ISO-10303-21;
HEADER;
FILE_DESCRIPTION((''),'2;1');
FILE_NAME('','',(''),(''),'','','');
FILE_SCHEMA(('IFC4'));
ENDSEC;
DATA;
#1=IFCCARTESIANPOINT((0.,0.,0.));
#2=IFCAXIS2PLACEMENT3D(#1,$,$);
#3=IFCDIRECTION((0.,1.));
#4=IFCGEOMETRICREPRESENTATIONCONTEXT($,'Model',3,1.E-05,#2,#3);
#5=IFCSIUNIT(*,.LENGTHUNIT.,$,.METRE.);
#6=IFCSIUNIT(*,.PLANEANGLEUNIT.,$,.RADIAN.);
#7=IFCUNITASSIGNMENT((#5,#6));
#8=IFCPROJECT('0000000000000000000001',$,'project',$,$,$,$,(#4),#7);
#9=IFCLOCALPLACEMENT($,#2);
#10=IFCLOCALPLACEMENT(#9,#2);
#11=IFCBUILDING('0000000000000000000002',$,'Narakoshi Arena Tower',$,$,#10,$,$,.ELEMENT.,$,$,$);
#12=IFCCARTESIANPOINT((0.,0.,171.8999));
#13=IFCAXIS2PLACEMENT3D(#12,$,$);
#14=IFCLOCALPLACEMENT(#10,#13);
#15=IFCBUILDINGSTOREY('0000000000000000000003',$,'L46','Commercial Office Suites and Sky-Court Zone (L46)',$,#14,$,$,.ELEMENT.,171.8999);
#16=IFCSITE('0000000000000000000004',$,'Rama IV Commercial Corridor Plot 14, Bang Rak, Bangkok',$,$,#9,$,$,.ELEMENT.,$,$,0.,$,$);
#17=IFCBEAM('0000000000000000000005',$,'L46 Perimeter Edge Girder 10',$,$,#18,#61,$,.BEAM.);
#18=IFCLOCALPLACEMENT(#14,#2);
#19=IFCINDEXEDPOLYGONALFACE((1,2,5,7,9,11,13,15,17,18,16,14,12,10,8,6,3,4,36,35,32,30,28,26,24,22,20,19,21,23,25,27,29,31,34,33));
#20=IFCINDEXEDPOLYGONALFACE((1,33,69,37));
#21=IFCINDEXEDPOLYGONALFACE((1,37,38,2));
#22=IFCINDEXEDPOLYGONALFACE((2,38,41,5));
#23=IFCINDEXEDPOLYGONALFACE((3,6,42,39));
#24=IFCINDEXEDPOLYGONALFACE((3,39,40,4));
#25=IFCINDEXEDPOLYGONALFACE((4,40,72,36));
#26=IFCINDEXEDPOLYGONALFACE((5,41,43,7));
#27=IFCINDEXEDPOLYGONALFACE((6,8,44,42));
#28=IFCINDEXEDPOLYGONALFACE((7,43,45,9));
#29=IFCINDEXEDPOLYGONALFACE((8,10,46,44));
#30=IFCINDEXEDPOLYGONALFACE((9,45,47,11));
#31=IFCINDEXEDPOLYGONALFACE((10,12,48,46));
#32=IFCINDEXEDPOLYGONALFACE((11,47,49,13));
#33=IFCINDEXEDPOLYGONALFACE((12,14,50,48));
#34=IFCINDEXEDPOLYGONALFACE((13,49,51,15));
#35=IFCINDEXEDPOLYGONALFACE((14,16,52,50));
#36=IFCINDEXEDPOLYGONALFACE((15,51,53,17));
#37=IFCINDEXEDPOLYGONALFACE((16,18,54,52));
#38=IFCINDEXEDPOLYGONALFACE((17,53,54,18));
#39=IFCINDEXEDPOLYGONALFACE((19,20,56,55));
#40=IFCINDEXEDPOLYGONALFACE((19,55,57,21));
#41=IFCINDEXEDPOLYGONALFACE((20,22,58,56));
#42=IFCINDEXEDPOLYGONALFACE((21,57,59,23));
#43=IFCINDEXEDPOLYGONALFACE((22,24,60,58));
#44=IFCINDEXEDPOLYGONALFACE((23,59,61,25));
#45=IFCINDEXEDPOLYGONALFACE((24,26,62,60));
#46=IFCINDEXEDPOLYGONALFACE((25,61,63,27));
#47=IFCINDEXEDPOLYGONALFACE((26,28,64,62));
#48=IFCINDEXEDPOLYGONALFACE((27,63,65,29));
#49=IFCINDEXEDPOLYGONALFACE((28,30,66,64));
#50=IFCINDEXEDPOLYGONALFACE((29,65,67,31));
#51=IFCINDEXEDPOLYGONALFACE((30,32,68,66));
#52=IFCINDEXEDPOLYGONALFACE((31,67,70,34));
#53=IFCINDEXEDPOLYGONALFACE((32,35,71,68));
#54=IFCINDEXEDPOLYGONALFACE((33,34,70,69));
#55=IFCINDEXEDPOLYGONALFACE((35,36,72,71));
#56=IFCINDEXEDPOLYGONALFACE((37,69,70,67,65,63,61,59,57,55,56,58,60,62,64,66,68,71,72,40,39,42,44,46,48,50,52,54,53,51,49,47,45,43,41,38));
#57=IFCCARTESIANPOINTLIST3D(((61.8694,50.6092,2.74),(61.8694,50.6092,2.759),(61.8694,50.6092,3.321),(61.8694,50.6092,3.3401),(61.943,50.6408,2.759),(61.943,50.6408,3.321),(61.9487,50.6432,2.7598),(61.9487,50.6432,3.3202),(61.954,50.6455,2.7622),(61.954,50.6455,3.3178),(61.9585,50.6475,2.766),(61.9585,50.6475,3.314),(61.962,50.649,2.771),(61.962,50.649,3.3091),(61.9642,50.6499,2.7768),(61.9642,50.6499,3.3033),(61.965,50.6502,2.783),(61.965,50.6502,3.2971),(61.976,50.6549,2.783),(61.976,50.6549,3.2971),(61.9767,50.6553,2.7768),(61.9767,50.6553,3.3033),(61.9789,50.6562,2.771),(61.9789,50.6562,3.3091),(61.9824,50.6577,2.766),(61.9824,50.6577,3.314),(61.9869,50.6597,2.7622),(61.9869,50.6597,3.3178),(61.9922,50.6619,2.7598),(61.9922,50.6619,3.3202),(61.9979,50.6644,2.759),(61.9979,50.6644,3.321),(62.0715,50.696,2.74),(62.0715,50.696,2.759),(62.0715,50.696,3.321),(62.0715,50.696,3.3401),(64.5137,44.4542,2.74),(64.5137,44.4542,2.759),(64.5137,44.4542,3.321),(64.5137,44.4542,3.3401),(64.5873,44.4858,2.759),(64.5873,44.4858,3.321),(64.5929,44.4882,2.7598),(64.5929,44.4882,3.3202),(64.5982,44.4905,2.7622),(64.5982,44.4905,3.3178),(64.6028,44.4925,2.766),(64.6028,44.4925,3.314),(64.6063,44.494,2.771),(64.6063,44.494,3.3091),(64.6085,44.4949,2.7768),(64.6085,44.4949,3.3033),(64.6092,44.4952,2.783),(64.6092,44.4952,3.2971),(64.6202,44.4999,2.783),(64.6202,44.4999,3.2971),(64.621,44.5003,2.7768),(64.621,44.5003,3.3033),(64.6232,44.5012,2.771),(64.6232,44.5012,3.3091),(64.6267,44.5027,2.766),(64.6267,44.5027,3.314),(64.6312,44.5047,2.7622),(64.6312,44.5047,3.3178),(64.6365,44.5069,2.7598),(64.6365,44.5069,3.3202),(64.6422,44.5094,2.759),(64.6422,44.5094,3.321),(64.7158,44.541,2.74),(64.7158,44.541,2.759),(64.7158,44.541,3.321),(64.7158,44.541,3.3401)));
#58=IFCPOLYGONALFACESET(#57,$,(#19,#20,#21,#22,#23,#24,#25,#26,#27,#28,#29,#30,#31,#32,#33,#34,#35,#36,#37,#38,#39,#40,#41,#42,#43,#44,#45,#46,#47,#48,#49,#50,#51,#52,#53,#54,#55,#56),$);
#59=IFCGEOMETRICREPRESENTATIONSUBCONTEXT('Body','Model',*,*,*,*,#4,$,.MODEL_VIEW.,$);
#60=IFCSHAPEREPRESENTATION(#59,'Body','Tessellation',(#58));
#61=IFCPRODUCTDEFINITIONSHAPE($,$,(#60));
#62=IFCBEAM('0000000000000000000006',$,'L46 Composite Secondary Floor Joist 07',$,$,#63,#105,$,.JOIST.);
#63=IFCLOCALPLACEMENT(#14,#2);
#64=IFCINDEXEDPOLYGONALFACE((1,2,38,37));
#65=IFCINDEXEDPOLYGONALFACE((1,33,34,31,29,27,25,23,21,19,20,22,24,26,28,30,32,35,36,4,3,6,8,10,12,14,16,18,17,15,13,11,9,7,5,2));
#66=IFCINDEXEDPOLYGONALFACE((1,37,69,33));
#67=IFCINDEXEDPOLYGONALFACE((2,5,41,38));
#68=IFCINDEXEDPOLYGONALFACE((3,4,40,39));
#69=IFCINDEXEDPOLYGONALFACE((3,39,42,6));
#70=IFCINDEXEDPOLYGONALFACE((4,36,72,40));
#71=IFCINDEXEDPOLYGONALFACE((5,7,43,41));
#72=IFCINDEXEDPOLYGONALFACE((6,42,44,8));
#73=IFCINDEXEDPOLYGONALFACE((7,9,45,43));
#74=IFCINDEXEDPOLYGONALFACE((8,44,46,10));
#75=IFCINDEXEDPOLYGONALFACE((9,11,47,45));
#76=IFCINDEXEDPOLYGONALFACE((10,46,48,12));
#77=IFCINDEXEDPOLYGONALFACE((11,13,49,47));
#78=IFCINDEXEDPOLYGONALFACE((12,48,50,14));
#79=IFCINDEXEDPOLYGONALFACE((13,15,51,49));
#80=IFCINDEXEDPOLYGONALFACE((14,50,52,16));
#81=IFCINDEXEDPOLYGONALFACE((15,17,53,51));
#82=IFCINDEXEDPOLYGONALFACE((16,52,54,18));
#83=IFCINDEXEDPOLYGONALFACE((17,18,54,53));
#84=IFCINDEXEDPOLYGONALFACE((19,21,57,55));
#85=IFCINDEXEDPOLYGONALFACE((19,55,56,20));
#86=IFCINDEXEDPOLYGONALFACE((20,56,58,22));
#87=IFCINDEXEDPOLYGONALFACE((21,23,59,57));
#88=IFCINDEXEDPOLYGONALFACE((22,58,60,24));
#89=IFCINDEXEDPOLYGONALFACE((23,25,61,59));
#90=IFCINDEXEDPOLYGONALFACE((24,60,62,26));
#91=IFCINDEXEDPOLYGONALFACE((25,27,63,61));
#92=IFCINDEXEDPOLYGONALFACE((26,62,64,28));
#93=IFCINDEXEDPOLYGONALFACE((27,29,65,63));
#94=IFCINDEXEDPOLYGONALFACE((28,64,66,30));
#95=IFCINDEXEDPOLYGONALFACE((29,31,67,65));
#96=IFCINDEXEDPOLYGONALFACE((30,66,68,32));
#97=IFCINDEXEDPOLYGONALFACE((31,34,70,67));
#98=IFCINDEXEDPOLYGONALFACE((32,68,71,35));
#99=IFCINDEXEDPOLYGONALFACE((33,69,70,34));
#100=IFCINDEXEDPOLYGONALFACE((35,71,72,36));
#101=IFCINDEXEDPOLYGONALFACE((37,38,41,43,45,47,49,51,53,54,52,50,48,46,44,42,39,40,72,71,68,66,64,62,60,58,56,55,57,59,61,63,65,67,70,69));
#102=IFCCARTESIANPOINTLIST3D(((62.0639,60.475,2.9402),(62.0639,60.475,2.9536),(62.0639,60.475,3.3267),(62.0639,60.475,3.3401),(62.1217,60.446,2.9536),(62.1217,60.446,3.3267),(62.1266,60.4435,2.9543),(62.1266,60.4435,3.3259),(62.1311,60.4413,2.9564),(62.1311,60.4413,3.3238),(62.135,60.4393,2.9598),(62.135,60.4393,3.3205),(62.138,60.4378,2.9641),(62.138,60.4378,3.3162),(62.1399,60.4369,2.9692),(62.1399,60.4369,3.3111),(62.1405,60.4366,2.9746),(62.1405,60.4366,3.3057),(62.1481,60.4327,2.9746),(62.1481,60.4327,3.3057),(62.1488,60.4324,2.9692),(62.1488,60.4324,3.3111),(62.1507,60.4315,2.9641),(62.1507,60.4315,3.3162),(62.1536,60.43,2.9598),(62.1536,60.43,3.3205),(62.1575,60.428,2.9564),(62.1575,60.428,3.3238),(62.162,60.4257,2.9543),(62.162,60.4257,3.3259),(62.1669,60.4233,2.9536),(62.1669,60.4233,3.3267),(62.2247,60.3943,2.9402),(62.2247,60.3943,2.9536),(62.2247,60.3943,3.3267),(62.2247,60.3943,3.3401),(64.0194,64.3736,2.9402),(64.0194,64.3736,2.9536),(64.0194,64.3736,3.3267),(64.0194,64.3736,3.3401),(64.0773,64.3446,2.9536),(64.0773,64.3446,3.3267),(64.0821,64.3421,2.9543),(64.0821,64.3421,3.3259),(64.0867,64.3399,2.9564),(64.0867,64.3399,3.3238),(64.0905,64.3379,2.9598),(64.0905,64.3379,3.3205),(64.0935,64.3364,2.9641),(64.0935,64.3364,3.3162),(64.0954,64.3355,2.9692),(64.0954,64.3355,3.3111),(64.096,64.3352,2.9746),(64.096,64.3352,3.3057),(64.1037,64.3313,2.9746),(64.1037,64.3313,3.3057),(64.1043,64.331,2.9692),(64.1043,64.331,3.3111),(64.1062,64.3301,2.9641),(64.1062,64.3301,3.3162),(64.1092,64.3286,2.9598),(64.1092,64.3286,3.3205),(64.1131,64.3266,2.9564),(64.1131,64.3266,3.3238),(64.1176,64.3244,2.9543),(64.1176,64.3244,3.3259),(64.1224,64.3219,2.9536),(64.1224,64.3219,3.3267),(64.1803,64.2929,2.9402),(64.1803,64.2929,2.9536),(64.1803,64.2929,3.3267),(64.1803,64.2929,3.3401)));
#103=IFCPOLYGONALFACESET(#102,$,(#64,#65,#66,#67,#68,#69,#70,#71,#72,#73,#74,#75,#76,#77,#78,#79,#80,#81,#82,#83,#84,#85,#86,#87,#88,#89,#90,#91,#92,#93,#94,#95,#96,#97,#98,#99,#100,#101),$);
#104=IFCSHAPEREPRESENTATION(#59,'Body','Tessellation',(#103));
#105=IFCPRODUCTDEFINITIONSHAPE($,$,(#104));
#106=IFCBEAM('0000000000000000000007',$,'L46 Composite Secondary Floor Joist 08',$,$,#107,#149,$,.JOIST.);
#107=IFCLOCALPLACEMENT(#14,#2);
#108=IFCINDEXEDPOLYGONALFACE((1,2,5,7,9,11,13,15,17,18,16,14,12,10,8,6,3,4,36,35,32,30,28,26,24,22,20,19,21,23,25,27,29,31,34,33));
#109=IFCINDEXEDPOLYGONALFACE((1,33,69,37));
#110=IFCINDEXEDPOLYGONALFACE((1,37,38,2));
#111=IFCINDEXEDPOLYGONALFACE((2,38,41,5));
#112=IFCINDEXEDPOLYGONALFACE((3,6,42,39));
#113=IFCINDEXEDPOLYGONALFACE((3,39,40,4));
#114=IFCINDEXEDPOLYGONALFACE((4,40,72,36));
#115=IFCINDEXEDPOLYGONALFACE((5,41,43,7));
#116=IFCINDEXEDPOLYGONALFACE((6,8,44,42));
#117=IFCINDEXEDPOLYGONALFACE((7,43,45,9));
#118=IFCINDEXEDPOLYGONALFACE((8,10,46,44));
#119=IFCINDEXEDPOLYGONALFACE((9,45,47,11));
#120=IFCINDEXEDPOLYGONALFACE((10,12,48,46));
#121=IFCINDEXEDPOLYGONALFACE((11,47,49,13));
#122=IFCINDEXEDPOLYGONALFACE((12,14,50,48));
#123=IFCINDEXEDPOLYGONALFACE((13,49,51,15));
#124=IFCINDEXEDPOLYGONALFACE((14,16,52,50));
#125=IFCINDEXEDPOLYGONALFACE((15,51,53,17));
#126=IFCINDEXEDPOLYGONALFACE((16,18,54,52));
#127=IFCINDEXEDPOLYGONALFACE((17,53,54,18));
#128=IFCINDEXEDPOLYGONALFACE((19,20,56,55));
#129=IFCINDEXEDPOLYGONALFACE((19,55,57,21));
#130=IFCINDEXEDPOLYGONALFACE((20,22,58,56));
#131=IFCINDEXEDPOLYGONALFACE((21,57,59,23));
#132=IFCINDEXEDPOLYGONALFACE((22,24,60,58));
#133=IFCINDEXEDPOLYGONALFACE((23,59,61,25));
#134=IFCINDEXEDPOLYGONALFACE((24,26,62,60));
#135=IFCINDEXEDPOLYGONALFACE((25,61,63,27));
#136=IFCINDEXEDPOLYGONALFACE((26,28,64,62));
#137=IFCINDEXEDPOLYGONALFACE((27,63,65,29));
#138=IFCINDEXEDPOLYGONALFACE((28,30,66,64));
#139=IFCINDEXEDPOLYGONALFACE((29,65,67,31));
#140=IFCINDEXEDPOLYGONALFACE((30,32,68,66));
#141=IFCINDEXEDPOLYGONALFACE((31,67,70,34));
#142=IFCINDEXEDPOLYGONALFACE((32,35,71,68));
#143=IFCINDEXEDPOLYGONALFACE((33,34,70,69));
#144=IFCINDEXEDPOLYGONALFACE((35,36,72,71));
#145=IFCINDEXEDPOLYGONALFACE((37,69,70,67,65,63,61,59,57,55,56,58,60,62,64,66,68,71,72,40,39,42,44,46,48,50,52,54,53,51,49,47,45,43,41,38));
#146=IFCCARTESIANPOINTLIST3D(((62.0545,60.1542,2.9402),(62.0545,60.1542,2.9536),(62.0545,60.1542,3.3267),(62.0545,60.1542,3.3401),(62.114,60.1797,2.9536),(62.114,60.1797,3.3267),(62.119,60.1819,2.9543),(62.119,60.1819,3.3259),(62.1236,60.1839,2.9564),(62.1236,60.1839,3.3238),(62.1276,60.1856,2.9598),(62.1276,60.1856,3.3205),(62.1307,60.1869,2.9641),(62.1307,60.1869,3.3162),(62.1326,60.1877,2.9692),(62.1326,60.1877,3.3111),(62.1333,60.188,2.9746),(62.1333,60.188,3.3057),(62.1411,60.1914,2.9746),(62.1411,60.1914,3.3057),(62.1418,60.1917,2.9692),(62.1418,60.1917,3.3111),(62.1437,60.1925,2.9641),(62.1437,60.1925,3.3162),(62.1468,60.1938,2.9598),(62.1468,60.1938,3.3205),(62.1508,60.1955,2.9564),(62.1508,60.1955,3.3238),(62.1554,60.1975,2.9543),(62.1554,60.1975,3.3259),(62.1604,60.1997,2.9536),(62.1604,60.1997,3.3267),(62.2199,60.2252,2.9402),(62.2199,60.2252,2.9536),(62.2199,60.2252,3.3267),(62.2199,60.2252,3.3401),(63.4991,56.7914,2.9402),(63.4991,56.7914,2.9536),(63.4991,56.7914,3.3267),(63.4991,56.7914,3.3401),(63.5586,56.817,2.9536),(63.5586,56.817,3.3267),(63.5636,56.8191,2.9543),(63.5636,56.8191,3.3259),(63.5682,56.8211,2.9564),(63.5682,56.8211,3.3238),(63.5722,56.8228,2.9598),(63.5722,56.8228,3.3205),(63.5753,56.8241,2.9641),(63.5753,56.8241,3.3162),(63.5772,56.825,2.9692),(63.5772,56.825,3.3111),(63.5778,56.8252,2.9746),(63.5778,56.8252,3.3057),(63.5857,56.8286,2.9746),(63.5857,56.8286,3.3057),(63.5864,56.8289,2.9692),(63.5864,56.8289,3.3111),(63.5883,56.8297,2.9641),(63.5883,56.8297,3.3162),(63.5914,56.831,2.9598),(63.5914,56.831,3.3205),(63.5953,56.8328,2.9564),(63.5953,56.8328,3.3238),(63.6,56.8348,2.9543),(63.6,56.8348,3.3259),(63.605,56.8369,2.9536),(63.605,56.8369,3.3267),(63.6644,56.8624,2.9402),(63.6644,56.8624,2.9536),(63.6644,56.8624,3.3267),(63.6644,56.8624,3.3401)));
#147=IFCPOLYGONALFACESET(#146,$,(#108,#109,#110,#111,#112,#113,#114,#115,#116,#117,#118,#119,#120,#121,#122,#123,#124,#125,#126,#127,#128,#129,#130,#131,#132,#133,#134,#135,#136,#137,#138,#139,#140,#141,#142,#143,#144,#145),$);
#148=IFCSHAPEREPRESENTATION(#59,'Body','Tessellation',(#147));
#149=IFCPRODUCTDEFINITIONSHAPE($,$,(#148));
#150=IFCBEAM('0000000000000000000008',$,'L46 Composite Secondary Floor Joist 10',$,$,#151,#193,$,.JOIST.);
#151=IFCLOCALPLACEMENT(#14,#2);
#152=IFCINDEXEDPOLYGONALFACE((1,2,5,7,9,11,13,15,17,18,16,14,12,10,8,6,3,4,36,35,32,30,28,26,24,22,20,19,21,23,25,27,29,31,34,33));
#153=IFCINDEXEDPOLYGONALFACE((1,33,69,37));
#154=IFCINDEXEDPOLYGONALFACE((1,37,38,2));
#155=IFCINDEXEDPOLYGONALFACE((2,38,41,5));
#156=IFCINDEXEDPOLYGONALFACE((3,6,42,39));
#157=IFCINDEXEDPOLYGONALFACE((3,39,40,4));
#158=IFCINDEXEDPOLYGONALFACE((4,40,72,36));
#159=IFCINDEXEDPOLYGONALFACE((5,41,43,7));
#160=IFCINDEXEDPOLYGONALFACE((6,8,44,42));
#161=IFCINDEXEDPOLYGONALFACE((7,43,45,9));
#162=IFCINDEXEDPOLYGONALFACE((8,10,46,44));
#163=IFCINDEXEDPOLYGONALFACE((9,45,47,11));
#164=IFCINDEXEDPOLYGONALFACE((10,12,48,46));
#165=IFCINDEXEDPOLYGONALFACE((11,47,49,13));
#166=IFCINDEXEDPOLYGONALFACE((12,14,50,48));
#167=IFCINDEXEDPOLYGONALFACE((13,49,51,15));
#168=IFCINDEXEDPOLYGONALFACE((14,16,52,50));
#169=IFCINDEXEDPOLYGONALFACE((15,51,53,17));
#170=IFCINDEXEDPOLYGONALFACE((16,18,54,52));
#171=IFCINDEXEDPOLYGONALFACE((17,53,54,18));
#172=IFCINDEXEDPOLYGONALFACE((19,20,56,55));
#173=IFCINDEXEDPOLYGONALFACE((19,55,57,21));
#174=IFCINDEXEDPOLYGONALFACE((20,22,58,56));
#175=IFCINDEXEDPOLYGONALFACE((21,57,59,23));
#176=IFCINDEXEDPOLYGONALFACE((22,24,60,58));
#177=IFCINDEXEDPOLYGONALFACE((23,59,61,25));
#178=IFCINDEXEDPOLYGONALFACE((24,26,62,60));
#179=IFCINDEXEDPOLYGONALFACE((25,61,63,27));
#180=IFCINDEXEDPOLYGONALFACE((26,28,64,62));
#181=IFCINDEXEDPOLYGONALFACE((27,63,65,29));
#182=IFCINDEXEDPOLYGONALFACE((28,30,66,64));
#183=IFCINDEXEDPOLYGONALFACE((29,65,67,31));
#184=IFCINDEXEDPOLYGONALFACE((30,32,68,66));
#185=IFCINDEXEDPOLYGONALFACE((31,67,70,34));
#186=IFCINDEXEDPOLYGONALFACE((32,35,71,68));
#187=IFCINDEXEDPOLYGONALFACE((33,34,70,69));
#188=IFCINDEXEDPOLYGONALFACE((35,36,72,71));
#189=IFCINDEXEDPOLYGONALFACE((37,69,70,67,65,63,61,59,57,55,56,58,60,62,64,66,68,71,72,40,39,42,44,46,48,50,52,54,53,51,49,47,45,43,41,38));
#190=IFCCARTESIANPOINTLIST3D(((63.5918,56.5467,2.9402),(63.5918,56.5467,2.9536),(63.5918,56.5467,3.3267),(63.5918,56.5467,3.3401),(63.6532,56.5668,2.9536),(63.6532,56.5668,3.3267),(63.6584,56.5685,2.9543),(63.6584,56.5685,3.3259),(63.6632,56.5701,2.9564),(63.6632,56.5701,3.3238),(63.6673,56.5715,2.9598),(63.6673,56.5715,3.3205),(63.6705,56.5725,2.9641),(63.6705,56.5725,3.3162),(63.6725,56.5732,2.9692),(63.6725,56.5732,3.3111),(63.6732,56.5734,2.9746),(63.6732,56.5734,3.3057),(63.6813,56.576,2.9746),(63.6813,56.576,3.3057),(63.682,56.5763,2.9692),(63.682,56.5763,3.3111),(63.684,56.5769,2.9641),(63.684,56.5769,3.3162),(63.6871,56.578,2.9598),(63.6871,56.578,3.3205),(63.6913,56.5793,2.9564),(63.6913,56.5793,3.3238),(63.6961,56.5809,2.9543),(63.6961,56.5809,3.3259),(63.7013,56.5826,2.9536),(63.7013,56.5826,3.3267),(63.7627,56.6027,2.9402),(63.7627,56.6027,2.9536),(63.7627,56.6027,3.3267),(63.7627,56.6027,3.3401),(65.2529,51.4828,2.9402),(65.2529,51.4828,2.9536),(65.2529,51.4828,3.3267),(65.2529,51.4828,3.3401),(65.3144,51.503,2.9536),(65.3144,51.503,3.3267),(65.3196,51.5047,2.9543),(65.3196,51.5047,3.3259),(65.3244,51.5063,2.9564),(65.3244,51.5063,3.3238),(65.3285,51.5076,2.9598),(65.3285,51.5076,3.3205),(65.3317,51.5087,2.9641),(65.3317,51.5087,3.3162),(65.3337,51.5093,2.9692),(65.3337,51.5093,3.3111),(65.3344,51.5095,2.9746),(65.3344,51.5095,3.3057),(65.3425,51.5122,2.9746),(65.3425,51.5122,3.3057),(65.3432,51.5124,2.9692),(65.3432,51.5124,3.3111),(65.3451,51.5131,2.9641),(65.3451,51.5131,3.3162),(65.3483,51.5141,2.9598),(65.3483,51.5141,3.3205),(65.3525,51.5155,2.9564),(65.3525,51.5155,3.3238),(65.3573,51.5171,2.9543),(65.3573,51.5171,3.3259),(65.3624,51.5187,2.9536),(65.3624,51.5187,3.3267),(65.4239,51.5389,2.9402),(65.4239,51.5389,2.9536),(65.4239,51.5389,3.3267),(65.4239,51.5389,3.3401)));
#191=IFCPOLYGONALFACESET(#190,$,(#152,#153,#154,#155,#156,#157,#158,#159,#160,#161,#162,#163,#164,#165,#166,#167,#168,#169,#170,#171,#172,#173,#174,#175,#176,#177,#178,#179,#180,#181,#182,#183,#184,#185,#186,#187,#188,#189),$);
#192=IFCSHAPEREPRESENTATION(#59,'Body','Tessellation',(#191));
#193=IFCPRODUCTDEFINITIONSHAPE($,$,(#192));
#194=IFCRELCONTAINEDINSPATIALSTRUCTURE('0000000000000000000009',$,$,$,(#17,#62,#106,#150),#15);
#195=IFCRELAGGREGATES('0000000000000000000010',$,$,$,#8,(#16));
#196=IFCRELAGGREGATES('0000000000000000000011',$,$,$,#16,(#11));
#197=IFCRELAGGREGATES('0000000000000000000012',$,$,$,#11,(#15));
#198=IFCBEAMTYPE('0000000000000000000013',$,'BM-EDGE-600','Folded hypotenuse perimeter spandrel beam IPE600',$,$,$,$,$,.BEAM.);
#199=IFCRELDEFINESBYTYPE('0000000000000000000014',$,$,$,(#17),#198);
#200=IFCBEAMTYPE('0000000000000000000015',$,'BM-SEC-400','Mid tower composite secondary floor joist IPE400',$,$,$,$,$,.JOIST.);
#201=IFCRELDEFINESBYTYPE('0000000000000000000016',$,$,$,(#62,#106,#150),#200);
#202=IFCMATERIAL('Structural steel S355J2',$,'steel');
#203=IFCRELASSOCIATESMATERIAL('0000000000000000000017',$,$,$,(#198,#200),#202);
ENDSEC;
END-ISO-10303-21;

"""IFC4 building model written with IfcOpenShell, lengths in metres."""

from ifc_helpers import new_model, si_unit, direction, frame, origin, origin_2d, place, context, subcontext, project, spatial, i_section, extrude, material, material_profile, profile_set, type_object, element, save


model = new_model("IFC4")

# Units and contexts
model_context = context("Model", 3, precision=1e-05, world=origin(), true_north=direction((0.0, 1.0)))
body_context = subcontext(model_context, "Body", "Model", "MODEL_VIEW")
ifc_project = project(units=[si_unit("LENGTHUNIT", "METRE"), si_unit("PLANEANGLEUNIT", "RADIAN")], contexts=[model_context])

# Site, building, storey
site_placement = place(None, origin())
site = spatial("IfcSite", under=ifc_project, at=site_placement, Name="Rama IV Commercial Corridor Plot 14, Bang Rak, Bangkok", CompositionType="ELEMENT", RefElevation=0.0)
building_placement = place(site_placement, origin())
building = spatial("IfcBuilding", under=site, at=building_placement, Name="Narakoshi Arena Tower", CompositionType="ELEMENT")
storey_placement = place(building_placement, frame((0.0, 0.0, 171.8999)))
storey = spatial("IfcBuildingStorey", under=building, at=storey_placement, Name="L46", Description="Commercial Office Suites and Sky-Court Zone (L46)", CompositionType="ELEMENT", Elevation=171.8999)

# Beams
ifc_material_1 = material(Name="Structural steel S355J2", Category="steel")
ifc_material_profile_1 = material_profile(ifc_material_1, i_section(OverallWidth=0.22, OverallDepth=0.6001, WebThickness=0.012, FlangeThickness=0.019, FilletRadius=0.0239, at=origin_2d()), Name="IPE600")
ifc_profile_set_1 = profile_set([ifc_material_profile_1], Name="Structural steel S355J2")
beam_type_1 = type_object("IfcBeamType", Name="BM-EDGE-600", Description="Folded hypotenuse perimeter spandrel beam IPE600", PredefinedType="BEAM", material=ifc_profile_set_1)
beam_1_placement = place(storey_placement, frame((61.9705, 50.6526, 3.04), z_axis=(0.394728, -0.918798, 0.0), x_axis=(0.918798, 0.394728, 0.0)))
element("IfcBeam", 1, at=beam_1_placement, inside=storey, type_object=beam_type_1, Name="L46 Perimeter Edge Girder 10", PredefinedType="BEAM", context=body_context, shape_type="SweptSolid", body=[
    extrude(i_section(OverallWidth=0.22, OverallDepth=0.6001, WebThickness=0.012, FlangeThickness=0.019, FilletRadius=0.0239, at=origin_2d()), origin(), (0.0, 0.0, 1.0), 6.699),
])
ifc_material_profile_2 = material_profile(ifc_material_1, i_section(OverallWidth=0.1799, OverallDepth=0.3999, WebThickness=0.0085, FlangeThickness=0.0134, FilletRadius=0.021, at=origin_2d()), Name="IPE400")
ifc_profile_set_2 = profile_set([ifc_material_profile_2], Name="Structural steel S355J2")
beam_type_2 = type_object("IfcBeamType", Name="BM-SEC-400", Description="Mid tower composite secondary floor joist IPE400", PredefinedType="JOIST", material=ifc_profile_set_2)
beam_2_placement = place(storey_placement, frame((64.0999, 64.3333, 3.1401), z_axis=(-0.448355, -0.893856, 0.0), x_axis=(0.893856, -0.448355, 0.0)))
element("IfcBeam", 2, at=beam_2_placement, inside=storey, type_object=beam_type_2, Name="L46 Composite Secondary Floor Joist 07", PredefinedType="JOIST", context=body_context, shape_type="SweptSolid", body=[
    extrude(i_section(OverallWidth=0.1799, OverallDepth=0.3999, WebThickness=0.0085, FlangeThickness=0.0134, FilletRadius=0.021, at=origin_2d()), origin(), (0.0, 0.0, 1.0), 4.3616),
])
beam_3_placement = place(storey_placement, frame((62.1372, 60.1897, 3.1401), z_axis=(0.3947, -0.91881, 0.0), x_axis=(0.91881, 0.3947, 0.0)))
element("IfcBeam", 3, at=beam_3_placement, inside=storey, type_object=beam_type_2, Name="L46 Composite Secondary Floor Joist 08", PredefinedType="JOIST", context=body_context, shape_type="SweptSolid", body=[
    extrude(i_section(OverallWidth=0.1799, OverallDepth=0.3999, WebThickness=0.0085, FlangeThickness=0.0134, FilletRadius=0.021, at=origin_2d()), origin(), (0.0, 0.0, 1.0), 3.6599),
])
beam_4_placement = place(storey_placement, frame((63.6772, 56.5747, 3.1401), z_axis=(0.311703, -0.95018, 0.0), x_axis=(0.95018, 0.311703, 0.0)))
element("IfcBeam", 4, at=beam_4_placement, inside=storey, type_object=beam_type_2, Name="L46 Composite Secondary Floor Joist 10", PredefinedType="JOIST", context=body_context, shape_type="SweptSolid", body=[
    extrude(i_section(OverallWidth=0.1799, OverallDepth=0.3999, WebThickness=0.0085, FlangeThickness=0.0134, FilletRadius=0.021, at=origin_2d()), origin(), (0.0, 0.0, 1.0), 5.3293),
])

save(model, "model.ifc")
